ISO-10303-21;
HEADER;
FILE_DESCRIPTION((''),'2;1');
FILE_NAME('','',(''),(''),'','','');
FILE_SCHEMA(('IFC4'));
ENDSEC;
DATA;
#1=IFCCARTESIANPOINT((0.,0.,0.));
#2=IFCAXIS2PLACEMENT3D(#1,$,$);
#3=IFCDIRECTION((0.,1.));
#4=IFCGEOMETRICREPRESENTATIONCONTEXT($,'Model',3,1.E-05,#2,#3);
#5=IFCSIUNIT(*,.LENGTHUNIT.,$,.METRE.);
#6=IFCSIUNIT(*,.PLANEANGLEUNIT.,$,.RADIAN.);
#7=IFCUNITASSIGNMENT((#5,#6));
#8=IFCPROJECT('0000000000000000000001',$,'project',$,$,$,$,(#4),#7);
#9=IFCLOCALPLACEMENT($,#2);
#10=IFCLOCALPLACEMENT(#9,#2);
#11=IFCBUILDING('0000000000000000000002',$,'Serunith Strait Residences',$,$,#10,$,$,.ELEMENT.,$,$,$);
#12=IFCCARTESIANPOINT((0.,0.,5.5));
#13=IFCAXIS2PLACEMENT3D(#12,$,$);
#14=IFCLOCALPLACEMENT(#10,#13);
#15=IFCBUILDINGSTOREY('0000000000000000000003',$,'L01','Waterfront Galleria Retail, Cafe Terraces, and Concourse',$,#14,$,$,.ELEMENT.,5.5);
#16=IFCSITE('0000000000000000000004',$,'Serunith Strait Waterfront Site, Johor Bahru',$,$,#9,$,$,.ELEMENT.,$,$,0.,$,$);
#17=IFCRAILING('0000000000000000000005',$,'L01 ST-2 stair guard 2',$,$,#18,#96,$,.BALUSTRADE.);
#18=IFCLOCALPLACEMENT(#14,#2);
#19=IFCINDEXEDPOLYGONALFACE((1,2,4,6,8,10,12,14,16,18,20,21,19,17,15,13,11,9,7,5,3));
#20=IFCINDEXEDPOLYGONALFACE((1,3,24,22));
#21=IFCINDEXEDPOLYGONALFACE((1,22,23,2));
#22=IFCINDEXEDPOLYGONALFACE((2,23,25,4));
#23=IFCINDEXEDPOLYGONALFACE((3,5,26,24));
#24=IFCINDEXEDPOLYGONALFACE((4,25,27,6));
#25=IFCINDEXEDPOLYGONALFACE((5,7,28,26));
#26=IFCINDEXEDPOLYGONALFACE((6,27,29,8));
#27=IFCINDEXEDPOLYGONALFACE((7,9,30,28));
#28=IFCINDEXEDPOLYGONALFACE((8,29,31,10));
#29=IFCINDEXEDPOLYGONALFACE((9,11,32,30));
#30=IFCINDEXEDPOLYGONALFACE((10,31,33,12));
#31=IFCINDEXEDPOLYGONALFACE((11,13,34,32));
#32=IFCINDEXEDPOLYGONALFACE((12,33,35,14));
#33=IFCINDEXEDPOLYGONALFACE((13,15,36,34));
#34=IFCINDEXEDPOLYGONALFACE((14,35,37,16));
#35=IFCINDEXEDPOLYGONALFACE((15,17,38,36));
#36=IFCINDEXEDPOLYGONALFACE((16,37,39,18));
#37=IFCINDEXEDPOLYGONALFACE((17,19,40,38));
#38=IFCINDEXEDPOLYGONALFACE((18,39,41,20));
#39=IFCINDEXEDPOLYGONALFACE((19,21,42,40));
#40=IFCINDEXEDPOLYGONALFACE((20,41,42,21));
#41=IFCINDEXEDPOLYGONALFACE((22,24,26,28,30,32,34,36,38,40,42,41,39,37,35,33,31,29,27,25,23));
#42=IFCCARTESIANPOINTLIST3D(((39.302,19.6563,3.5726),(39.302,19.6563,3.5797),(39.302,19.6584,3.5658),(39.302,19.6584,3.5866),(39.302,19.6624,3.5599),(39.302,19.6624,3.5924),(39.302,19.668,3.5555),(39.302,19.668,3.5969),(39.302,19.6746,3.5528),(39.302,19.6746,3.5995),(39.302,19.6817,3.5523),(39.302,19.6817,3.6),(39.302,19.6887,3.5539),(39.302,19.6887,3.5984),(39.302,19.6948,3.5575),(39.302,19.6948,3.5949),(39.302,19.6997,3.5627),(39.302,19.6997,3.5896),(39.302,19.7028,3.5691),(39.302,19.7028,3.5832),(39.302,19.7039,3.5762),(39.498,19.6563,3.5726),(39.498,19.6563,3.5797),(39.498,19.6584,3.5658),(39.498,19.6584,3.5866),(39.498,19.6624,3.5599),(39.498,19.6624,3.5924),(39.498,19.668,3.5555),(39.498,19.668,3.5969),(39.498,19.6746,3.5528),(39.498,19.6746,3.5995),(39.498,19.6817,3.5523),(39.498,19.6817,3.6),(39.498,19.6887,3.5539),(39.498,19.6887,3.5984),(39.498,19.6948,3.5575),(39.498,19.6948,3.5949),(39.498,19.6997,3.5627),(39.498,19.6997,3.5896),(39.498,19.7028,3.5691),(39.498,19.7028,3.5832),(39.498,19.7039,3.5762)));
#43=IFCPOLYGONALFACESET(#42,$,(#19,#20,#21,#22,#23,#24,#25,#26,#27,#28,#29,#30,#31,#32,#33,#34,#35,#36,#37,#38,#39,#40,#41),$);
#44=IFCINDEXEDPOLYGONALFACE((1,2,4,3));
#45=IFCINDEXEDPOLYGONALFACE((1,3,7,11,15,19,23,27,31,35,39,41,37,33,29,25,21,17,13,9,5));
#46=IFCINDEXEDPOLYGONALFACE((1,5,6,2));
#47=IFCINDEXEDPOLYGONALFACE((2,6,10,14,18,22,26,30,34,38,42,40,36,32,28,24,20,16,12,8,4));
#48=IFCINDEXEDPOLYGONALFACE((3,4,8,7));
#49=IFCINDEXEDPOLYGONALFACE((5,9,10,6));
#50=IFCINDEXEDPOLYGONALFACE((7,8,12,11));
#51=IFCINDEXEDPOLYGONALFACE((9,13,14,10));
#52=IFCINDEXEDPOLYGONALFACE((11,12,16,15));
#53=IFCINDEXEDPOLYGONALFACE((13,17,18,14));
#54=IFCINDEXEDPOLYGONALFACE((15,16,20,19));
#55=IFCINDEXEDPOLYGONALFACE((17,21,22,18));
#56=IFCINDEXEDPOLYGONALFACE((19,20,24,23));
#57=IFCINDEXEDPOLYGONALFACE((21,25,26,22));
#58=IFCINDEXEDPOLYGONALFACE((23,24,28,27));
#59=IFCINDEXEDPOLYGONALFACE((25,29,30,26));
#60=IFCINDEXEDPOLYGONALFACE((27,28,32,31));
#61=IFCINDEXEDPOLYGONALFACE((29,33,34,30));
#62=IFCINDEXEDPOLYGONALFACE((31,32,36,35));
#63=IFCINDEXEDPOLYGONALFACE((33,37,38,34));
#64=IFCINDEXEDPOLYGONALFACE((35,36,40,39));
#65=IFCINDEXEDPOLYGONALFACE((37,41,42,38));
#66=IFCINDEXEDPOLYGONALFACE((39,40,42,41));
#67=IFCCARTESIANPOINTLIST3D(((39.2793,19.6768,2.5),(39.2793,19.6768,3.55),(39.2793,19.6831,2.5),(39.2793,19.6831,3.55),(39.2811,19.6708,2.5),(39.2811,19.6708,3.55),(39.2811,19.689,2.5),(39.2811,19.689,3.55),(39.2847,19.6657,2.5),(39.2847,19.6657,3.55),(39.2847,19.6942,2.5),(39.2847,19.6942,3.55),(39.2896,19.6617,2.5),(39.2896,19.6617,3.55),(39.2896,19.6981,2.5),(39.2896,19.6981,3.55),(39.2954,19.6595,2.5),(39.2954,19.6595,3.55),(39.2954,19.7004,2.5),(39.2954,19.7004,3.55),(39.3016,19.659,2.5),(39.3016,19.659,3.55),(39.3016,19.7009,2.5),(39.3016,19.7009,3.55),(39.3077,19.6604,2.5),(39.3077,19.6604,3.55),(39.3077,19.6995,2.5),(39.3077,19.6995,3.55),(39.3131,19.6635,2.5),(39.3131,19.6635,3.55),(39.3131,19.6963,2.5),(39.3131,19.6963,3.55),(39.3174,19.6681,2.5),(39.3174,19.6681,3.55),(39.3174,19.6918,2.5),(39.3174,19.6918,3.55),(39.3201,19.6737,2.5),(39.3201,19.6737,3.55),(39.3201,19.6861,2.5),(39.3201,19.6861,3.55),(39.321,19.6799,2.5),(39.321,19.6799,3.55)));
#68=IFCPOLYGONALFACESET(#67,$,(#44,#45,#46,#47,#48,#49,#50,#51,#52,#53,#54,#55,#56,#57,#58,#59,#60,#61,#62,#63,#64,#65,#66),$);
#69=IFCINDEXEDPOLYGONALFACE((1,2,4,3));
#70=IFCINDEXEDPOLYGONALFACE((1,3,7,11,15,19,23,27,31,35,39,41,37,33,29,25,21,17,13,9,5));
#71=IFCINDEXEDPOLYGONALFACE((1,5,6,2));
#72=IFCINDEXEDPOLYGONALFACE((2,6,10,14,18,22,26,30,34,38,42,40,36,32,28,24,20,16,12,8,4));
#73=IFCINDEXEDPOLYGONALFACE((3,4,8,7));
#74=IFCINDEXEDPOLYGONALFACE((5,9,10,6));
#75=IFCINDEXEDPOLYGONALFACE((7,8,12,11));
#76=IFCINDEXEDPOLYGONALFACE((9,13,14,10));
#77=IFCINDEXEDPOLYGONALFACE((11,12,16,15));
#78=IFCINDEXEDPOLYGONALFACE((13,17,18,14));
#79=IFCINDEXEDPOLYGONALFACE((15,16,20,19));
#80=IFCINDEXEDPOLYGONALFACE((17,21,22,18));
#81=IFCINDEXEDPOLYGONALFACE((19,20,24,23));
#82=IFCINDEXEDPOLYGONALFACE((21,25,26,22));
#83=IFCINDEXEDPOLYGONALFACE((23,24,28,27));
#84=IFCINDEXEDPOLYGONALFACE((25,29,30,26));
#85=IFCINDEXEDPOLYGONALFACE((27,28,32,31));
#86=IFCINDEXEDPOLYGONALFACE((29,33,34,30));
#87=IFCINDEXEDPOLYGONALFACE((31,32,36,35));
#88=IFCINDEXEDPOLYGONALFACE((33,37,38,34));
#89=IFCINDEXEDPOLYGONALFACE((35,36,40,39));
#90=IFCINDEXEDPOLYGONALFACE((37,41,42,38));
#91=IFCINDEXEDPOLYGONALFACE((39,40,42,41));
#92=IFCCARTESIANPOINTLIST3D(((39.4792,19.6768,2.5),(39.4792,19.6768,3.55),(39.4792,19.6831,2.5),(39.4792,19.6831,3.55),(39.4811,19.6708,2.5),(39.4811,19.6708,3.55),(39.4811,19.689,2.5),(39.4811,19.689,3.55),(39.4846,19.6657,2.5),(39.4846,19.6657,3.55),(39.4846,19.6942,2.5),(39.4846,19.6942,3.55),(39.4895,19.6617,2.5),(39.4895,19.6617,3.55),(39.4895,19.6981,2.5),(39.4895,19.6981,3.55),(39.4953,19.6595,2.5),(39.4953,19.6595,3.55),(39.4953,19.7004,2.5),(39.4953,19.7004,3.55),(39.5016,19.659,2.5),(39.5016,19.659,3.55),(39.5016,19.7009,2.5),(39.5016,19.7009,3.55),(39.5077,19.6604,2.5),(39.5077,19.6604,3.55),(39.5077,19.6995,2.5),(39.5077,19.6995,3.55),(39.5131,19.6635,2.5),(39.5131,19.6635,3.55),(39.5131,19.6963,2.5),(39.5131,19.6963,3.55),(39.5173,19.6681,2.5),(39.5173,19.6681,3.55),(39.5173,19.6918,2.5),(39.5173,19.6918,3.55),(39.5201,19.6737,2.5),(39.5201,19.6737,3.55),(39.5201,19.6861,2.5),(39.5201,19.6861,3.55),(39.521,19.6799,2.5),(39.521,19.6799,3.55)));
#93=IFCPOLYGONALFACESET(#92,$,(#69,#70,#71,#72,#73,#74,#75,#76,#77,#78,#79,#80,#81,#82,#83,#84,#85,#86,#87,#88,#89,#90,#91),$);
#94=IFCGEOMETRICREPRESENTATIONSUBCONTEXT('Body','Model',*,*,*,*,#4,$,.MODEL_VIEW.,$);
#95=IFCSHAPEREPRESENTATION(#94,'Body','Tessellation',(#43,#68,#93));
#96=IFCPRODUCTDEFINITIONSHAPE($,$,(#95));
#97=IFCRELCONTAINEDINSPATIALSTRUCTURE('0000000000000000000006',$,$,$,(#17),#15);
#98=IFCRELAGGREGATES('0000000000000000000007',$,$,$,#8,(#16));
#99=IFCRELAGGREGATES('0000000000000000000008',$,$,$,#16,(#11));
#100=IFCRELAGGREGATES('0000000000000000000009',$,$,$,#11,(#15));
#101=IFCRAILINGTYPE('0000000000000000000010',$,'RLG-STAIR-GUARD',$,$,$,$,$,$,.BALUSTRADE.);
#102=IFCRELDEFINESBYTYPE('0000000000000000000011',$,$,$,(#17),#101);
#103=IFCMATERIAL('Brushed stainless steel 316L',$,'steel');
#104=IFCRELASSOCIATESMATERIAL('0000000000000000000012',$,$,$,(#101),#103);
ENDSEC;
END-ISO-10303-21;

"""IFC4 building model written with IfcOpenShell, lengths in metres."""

from ifc_helpers import new_model, si_unit, direction, frame, origin, origin_2d, place, context, subcontext, project, spatial, circle, extrude, material, type_object, element, save


model = new_model("IFC4")

# Units and contexts
model_context = context("Model", 3, precision=1e-05, world=origin(), true_north=direction((0.0, 1.0)))
body_context = subcontext(model_context, "Body", "Model", "MODEL_VIEW")
ifc_project = project(units=[si_unit("LENGTHUNIT", "METRE"), si_unit("PLANEANGLEUNIT", "RADIAN")], contexts=[model_context])

# Site, building, storey
site_placement = place(None, origin())
site = spatial("IfcSite", under=ifc_project, at=site_placement, Name="Serunith Strait Waterfront Site, Johor Bahru", CompositionType="ELEMENT", RefElevation=0.0)
building_placement = place(site_placement, origin())
building = spatial("IfcBuilding", under=site, at=building_placement, Name="Serunith Strait Residences", CompositionType="ELEMENT")
storey_placement = place(building_placement, frame((0.0, 0.0, 5.5)))
storey = spatial("IfcBuildingStorey", under=building, at=storey_placement, Name="L01", Description="Waterfront Galleria Retail, Cafe Terraces, and Concourse", CompositionType="ELEMENT", Elevation=5.5)

# Railing
ifc_material_1 = material(Name="Brushed stainless steel 316L", Category="steel")
railing_type_1 = type_object("IfcRailingType", Name="RLG-STAIR-GUARD", PredefinedType="BALUSTRADE", material=ifc_material_1)
railing_1_placement = place(storey_placement, frame((39.3, 19.6799, 2.5)))
element("IfcRailing", 1, at=railing_1_placement, inside=storey, type_object=railing_type_1, Name="L01 ST-2 stair guard 2", PredefinedType="BALUSTRADE", context=body_context, shape_type="SweptSolid", body=[
    extrude(circle(Radius=0.0239, at=origin_2d()), frame((0.002, 0.0, 1.0762), z_axis=(1.0, 0.0, 0.0), x_axis=(0.0, 1.0, 0.0)), (0.0, 0.0, 1.0), 0.196),
    extrude(circle(Radius=0.021, at=origin_2d()), origin(), (0.0, 0.0, 1.0), 1.05),
    extrude(circle(Radius=0.021, at=origin_2d()), frame((0.2, 0.0, 0.0)), (0.0, 0.0, 1.0), 1.05),
])

save(model, "model.ifc")
